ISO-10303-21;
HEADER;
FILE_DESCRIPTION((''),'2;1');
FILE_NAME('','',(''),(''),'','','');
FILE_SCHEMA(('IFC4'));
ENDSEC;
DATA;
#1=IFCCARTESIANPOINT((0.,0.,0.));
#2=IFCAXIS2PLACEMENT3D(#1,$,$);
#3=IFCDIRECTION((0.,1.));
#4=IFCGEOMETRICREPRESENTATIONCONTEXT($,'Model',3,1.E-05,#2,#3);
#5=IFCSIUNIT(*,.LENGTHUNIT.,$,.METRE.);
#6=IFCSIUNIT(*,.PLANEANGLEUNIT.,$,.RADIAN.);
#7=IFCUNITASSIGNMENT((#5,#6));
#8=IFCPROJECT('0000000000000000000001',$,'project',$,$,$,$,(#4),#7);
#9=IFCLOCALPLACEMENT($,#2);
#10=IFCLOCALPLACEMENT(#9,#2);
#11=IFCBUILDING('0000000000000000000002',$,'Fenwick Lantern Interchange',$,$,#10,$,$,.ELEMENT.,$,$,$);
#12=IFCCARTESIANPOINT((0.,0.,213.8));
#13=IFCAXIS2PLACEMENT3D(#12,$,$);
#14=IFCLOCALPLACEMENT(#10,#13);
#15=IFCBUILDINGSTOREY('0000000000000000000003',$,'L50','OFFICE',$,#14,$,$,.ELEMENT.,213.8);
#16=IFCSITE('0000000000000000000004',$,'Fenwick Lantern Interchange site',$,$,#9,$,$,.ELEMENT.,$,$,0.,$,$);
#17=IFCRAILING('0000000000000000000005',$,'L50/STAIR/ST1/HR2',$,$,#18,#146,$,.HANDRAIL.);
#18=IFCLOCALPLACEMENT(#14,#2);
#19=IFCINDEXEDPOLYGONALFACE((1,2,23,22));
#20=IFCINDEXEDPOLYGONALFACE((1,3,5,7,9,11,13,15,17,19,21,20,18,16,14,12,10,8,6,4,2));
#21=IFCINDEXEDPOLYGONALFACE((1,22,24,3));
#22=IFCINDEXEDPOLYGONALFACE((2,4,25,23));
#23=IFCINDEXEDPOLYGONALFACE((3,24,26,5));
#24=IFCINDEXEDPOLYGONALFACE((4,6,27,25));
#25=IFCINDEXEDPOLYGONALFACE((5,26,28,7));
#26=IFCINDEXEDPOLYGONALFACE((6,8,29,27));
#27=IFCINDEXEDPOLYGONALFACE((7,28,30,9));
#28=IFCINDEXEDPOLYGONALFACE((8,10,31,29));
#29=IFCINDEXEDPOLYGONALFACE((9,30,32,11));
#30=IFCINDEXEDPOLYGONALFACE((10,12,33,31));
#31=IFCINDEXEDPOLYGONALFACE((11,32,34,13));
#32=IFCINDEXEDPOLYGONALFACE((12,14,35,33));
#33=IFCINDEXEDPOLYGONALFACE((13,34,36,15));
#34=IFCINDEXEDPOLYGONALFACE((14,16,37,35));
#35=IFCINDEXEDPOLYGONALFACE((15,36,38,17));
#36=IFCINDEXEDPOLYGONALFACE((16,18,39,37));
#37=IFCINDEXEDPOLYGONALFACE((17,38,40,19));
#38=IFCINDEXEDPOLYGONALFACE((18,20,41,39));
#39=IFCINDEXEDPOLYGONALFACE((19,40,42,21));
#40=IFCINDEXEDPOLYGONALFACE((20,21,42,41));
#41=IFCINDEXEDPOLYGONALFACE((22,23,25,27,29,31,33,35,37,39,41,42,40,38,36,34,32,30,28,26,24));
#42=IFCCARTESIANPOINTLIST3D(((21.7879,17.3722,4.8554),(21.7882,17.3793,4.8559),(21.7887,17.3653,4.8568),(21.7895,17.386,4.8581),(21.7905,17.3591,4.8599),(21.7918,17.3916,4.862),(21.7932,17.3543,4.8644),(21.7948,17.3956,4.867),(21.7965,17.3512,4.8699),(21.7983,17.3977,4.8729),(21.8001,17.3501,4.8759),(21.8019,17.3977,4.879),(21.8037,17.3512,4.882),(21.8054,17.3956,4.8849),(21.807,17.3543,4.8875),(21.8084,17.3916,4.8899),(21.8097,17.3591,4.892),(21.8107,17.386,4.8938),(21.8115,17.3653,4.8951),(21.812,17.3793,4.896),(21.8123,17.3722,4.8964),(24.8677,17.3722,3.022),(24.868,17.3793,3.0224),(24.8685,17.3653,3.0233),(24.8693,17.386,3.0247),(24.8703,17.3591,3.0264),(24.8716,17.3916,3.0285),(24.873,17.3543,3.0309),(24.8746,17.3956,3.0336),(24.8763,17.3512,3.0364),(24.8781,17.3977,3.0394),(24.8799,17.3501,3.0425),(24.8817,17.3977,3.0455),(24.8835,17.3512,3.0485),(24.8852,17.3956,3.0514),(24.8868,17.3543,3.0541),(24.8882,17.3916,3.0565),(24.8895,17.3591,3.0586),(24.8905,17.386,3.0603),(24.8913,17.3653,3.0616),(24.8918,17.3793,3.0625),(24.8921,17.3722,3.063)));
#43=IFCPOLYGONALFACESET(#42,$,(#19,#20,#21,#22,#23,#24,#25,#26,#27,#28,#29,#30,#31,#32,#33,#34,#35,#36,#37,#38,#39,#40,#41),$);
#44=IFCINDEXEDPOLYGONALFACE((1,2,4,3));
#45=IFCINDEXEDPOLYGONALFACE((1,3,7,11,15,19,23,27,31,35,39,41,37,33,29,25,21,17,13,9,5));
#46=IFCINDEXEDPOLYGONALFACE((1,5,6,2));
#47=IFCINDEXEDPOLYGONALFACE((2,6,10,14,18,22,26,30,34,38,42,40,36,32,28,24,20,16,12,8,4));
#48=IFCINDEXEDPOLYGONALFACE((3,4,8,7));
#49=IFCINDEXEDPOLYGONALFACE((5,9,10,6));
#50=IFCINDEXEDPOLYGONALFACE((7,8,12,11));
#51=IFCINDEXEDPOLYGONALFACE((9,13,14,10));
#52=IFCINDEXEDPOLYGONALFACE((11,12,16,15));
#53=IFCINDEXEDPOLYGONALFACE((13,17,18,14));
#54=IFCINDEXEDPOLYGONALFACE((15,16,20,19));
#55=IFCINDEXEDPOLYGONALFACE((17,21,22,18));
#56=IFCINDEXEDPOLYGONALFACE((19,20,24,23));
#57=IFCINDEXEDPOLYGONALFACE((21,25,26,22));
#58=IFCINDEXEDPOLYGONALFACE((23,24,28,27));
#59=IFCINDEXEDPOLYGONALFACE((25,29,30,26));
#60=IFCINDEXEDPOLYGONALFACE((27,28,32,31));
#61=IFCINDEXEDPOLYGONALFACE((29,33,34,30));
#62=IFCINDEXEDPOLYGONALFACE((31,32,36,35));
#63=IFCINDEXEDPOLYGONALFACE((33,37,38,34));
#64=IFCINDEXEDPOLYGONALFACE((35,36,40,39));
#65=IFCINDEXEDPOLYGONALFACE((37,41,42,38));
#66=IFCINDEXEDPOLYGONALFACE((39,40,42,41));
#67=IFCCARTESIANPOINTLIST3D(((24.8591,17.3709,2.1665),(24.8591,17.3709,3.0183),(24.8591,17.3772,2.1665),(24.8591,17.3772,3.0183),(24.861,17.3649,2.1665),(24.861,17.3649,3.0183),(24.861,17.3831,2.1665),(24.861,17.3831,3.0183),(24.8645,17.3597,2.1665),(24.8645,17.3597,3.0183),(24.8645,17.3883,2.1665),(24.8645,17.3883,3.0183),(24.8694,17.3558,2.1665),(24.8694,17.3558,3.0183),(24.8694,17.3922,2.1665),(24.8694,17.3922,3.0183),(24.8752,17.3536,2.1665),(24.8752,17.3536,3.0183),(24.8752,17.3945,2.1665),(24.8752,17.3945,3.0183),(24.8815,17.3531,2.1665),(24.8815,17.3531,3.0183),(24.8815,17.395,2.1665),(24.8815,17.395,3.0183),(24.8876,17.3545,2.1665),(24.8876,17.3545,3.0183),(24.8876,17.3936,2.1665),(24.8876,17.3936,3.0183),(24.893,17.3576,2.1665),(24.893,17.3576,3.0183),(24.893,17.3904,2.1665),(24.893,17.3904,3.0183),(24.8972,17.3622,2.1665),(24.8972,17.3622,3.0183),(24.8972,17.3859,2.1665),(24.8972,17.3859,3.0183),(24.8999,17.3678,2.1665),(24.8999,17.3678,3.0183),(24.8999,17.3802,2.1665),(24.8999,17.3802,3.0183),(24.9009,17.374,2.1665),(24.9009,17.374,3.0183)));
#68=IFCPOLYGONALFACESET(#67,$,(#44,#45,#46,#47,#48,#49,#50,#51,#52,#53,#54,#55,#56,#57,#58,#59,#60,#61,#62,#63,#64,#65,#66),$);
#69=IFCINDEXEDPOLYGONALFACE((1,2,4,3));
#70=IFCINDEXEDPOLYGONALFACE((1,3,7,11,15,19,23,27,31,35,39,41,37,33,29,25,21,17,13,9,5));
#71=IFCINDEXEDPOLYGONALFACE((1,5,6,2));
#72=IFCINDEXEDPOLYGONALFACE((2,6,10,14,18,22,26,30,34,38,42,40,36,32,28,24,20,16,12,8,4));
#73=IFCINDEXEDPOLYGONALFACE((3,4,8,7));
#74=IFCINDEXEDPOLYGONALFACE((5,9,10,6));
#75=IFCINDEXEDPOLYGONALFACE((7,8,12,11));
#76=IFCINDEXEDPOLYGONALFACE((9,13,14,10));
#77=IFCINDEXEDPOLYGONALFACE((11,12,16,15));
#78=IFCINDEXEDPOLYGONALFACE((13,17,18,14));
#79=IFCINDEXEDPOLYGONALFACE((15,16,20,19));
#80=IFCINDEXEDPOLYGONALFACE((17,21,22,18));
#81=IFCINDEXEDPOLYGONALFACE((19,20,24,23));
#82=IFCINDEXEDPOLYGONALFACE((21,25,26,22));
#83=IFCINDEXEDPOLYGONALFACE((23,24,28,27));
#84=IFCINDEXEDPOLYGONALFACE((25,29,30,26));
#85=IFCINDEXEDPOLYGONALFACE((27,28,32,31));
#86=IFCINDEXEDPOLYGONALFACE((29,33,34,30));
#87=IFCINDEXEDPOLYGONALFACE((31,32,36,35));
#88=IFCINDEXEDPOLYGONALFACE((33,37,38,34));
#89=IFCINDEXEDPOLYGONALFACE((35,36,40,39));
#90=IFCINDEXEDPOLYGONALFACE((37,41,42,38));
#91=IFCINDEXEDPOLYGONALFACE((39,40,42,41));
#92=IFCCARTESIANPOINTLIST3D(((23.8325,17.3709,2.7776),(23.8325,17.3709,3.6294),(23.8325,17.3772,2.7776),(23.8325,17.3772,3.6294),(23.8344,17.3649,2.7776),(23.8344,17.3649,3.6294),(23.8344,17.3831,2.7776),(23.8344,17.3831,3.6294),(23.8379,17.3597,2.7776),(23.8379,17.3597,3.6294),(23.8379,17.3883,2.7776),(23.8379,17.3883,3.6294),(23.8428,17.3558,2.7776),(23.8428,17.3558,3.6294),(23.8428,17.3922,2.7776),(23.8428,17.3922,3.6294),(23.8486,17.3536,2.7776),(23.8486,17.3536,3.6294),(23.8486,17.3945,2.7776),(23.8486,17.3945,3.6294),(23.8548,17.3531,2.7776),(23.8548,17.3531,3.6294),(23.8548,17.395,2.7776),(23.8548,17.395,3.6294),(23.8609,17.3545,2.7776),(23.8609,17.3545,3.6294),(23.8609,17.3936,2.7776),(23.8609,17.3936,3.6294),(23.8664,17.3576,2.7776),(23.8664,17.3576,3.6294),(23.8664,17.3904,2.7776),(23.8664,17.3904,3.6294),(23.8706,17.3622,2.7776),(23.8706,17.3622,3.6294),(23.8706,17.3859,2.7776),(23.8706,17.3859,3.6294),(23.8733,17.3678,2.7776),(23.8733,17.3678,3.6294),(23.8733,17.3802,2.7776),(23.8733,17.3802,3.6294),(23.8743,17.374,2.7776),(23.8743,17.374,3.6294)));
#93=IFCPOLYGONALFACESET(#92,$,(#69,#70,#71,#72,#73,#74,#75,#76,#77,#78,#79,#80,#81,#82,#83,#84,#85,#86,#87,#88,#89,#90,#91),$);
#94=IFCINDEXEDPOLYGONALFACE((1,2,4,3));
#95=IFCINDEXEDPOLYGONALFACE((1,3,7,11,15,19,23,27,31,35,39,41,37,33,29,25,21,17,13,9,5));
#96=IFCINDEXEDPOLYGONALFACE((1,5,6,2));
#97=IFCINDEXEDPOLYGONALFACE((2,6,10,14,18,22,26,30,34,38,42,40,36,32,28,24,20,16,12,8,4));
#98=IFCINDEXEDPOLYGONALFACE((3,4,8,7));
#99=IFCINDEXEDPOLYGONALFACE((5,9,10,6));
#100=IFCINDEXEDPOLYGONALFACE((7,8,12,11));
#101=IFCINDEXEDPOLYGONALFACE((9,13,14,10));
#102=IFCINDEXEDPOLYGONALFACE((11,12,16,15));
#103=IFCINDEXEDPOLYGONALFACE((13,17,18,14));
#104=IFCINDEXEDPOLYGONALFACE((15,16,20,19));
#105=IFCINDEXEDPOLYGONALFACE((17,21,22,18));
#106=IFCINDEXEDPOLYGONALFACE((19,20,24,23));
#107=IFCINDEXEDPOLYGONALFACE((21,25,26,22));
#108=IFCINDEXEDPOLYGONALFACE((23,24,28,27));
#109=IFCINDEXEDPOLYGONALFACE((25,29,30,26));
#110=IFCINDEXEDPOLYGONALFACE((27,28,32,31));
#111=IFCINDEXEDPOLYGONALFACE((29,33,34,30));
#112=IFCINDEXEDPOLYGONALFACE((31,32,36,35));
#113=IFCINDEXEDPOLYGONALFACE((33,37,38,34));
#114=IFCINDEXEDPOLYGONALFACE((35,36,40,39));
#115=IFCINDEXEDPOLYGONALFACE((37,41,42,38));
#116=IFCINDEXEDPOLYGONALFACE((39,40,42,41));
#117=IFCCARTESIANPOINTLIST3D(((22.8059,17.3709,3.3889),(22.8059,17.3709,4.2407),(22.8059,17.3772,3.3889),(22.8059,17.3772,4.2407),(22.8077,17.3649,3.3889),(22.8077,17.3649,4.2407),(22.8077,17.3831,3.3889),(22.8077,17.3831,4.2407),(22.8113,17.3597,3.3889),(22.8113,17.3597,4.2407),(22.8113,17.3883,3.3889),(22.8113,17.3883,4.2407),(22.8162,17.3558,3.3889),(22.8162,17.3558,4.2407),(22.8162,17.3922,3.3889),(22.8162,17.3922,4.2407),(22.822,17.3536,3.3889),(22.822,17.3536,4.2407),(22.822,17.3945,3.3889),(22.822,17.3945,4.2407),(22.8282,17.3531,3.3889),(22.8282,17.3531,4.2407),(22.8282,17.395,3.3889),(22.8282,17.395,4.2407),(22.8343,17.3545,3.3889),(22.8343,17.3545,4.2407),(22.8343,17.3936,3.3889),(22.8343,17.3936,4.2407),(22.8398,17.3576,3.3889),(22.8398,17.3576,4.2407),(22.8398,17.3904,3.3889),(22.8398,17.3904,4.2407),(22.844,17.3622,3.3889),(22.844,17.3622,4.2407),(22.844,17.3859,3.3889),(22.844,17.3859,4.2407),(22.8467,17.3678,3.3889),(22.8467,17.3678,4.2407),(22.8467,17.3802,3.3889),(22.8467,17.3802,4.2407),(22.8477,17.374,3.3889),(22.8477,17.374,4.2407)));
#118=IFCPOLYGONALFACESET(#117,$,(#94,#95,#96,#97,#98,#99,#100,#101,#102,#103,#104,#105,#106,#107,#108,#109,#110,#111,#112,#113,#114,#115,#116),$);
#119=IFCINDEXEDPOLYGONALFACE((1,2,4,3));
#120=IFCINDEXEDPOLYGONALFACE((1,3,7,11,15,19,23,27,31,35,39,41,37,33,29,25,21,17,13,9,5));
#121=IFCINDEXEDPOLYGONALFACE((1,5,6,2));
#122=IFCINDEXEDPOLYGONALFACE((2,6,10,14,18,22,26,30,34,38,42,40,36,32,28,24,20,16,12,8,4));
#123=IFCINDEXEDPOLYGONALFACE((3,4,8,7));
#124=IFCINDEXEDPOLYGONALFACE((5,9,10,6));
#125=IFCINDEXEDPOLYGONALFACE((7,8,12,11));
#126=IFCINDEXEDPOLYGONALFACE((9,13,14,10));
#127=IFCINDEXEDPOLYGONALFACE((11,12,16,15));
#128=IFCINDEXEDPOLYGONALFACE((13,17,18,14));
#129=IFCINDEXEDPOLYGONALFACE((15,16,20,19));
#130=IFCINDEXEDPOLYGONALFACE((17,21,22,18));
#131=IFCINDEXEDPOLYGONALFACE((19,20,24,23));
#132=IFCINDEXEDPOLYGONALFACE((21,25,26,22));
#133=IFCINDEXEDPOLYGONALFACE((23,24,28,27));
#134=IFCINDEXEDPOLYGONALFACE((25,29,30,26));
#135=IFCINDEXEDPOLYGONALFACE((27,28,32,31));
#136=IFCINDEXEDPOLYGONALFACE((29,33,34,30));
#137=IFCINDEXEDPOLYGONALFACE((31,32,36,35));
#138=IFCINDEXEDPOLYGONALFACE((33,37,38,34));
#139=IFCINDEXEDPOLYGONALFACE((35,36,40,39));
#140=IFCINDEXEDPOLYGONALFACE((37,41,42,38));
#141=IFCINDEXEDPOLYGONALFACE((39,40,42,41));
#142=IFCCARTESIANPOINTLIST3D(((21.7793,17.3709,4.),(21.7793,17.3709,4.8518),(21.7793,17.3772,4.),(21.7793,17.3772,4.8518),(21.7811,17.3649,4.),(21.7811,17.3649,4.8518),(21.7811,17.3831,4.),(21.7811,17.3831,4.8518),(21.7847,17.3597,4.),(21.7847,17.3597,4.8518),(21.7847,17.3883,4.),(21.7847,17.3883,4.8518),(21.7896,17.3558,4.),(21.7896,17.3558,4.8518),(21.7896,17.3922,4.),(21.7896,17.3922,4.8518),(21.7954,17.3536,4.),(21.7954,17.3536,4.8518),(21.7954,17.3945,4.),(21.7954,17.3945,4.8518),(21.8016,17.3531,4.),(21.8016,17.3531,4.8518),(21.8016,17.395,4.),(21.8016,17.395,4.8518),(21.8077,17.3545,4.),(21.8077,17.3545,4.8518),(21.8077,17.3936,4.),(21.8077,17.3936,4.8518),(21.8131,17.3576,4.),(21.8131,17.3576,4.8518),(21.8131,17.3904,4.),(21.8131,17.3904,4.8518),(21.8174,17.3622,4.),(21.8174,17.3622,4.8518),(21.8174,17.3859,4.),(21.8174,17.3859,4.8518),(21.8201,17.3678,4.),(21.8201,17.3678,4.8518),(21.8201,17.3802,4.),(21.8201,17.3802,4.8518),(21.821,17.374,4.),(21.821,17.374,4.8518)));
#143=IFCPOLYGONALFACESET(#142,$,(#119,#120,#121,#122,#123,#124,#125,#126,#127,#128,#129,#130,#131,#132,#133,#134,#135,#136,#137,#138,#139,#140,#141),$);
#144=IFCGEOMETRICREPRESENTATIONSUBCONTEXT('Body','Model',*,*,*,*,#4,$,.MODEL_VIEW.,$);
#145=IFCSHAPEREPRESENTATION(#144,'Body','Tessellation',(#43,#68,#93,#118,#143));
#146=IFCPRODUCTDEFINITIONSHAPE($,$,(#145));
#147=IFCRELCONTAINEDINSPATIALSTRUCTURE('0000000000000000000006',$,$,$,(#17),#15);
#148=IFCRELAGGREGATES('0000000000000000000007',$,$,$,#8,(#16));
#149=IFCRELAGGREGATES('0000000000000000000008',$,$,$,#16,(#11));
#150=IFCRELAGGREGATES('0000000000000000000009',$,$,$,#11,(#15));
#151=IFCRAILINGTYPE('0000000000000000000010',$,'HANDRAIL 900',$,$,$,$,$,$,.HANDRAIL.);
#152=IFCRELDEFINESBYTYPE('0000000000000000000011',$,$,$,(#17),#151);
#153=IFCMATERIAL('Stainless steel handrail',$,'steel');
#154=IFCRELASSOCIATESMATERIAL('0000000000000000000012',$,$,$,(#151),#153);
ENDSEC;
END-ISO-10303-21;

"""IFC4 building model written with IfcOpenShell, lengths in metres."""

from ifc_helpers import new_model, si_unit, direction, frame, origin, origin_2d, place, context, subcontext, project, spatial, circle, extrude, material, type_object, element, save


model = new_model("IFC4")

# Units and contexts
model_context = context("Model", 3, precision=1e-05, world=origin(), true_north=direction((0.0, 1.0)))
body_context = subcontext(model_context, "Body", "Model", "MODEL_VIEW")
ifc_project = project(units=[si_unit("LENGTHUNIT", "METRE"), si_unit("PLANEANGLEUNIT", "RADIAN")], contexts=[model_context])

# Site, building, storey
site_placement = place(None, origin())
site = spatial("IfcSite", under=ifc_project, at=site_placement, Name="Fenwick Lantern Interchange site", CompositionType="ELEMENT", RefElevation=0.0)
building_placement = place(site_placement, origin())
building = spatial("IfcBuilding", under=site, at=building_placement, Name="Fenwick Lantern Interchange", CompositionType="ELEMENT")
storey_placement = place(building_placement, frame((0.0, 0.0, 213.8)))
storey = spatial("IfcBuildingStorey", under=building, at=storey_placement, Name="L50", Description="OFFICE", CompositionType="ELEMENT", Elevation=213.8)

# Railing
ifc_material_1 = material(Name="Stainless steel handrail", Category="steel")
railing_type = type_object("IfcRailingType", Name="HANDRAIL 900", PredefinedType="HANDRAIL", material=ifc_material_1)
railing_1_placement = place(storey_placement, frame((24.8799, 17.374, 2.1665)))
element("IfcRailing", 1, at=railing_1_placement, inside=storey, type_object=railing_type, Name="L50/STAIR/ST1/HR2", PredefinedType="HANDRAIL", context=body_context, shape_type="SweptSolid", body=[
    extrude(circle(Radius=0.0239, at=origin_2d()), frame((0.0, 0.0, 0.876), z_axis=(-0.859261, 0.0, 0.511538), x_axis=(0.0, -1.0, 0.0)), (0.0, 0.0, 1.0), 3.5842),
    extrude(circle(Radius=0.021, at=origin_2d()), origin(), (0.0, 0.0, 1.0), 0.8518),
    extrude(circle(Radius=0.021, at=origin_2d()), frame((-1.0266, 0.0, 0.6111)), (0.0, 0.0, 1.0), 0.8518),
    extrude(circle(Radius=0.021, at=origin_2d()), frame((-2.0532, 0.0, 1.2224)), (0.0, 0.0, 1.0), 0.8518),
    extrude(circle(Radius=0.021, at=origin_2d()), frame((-3.0798, 0.0, 1.8335)), (0.0, 0.0, 1.0), 0.8518),
])

save(model, "model.ifc")
